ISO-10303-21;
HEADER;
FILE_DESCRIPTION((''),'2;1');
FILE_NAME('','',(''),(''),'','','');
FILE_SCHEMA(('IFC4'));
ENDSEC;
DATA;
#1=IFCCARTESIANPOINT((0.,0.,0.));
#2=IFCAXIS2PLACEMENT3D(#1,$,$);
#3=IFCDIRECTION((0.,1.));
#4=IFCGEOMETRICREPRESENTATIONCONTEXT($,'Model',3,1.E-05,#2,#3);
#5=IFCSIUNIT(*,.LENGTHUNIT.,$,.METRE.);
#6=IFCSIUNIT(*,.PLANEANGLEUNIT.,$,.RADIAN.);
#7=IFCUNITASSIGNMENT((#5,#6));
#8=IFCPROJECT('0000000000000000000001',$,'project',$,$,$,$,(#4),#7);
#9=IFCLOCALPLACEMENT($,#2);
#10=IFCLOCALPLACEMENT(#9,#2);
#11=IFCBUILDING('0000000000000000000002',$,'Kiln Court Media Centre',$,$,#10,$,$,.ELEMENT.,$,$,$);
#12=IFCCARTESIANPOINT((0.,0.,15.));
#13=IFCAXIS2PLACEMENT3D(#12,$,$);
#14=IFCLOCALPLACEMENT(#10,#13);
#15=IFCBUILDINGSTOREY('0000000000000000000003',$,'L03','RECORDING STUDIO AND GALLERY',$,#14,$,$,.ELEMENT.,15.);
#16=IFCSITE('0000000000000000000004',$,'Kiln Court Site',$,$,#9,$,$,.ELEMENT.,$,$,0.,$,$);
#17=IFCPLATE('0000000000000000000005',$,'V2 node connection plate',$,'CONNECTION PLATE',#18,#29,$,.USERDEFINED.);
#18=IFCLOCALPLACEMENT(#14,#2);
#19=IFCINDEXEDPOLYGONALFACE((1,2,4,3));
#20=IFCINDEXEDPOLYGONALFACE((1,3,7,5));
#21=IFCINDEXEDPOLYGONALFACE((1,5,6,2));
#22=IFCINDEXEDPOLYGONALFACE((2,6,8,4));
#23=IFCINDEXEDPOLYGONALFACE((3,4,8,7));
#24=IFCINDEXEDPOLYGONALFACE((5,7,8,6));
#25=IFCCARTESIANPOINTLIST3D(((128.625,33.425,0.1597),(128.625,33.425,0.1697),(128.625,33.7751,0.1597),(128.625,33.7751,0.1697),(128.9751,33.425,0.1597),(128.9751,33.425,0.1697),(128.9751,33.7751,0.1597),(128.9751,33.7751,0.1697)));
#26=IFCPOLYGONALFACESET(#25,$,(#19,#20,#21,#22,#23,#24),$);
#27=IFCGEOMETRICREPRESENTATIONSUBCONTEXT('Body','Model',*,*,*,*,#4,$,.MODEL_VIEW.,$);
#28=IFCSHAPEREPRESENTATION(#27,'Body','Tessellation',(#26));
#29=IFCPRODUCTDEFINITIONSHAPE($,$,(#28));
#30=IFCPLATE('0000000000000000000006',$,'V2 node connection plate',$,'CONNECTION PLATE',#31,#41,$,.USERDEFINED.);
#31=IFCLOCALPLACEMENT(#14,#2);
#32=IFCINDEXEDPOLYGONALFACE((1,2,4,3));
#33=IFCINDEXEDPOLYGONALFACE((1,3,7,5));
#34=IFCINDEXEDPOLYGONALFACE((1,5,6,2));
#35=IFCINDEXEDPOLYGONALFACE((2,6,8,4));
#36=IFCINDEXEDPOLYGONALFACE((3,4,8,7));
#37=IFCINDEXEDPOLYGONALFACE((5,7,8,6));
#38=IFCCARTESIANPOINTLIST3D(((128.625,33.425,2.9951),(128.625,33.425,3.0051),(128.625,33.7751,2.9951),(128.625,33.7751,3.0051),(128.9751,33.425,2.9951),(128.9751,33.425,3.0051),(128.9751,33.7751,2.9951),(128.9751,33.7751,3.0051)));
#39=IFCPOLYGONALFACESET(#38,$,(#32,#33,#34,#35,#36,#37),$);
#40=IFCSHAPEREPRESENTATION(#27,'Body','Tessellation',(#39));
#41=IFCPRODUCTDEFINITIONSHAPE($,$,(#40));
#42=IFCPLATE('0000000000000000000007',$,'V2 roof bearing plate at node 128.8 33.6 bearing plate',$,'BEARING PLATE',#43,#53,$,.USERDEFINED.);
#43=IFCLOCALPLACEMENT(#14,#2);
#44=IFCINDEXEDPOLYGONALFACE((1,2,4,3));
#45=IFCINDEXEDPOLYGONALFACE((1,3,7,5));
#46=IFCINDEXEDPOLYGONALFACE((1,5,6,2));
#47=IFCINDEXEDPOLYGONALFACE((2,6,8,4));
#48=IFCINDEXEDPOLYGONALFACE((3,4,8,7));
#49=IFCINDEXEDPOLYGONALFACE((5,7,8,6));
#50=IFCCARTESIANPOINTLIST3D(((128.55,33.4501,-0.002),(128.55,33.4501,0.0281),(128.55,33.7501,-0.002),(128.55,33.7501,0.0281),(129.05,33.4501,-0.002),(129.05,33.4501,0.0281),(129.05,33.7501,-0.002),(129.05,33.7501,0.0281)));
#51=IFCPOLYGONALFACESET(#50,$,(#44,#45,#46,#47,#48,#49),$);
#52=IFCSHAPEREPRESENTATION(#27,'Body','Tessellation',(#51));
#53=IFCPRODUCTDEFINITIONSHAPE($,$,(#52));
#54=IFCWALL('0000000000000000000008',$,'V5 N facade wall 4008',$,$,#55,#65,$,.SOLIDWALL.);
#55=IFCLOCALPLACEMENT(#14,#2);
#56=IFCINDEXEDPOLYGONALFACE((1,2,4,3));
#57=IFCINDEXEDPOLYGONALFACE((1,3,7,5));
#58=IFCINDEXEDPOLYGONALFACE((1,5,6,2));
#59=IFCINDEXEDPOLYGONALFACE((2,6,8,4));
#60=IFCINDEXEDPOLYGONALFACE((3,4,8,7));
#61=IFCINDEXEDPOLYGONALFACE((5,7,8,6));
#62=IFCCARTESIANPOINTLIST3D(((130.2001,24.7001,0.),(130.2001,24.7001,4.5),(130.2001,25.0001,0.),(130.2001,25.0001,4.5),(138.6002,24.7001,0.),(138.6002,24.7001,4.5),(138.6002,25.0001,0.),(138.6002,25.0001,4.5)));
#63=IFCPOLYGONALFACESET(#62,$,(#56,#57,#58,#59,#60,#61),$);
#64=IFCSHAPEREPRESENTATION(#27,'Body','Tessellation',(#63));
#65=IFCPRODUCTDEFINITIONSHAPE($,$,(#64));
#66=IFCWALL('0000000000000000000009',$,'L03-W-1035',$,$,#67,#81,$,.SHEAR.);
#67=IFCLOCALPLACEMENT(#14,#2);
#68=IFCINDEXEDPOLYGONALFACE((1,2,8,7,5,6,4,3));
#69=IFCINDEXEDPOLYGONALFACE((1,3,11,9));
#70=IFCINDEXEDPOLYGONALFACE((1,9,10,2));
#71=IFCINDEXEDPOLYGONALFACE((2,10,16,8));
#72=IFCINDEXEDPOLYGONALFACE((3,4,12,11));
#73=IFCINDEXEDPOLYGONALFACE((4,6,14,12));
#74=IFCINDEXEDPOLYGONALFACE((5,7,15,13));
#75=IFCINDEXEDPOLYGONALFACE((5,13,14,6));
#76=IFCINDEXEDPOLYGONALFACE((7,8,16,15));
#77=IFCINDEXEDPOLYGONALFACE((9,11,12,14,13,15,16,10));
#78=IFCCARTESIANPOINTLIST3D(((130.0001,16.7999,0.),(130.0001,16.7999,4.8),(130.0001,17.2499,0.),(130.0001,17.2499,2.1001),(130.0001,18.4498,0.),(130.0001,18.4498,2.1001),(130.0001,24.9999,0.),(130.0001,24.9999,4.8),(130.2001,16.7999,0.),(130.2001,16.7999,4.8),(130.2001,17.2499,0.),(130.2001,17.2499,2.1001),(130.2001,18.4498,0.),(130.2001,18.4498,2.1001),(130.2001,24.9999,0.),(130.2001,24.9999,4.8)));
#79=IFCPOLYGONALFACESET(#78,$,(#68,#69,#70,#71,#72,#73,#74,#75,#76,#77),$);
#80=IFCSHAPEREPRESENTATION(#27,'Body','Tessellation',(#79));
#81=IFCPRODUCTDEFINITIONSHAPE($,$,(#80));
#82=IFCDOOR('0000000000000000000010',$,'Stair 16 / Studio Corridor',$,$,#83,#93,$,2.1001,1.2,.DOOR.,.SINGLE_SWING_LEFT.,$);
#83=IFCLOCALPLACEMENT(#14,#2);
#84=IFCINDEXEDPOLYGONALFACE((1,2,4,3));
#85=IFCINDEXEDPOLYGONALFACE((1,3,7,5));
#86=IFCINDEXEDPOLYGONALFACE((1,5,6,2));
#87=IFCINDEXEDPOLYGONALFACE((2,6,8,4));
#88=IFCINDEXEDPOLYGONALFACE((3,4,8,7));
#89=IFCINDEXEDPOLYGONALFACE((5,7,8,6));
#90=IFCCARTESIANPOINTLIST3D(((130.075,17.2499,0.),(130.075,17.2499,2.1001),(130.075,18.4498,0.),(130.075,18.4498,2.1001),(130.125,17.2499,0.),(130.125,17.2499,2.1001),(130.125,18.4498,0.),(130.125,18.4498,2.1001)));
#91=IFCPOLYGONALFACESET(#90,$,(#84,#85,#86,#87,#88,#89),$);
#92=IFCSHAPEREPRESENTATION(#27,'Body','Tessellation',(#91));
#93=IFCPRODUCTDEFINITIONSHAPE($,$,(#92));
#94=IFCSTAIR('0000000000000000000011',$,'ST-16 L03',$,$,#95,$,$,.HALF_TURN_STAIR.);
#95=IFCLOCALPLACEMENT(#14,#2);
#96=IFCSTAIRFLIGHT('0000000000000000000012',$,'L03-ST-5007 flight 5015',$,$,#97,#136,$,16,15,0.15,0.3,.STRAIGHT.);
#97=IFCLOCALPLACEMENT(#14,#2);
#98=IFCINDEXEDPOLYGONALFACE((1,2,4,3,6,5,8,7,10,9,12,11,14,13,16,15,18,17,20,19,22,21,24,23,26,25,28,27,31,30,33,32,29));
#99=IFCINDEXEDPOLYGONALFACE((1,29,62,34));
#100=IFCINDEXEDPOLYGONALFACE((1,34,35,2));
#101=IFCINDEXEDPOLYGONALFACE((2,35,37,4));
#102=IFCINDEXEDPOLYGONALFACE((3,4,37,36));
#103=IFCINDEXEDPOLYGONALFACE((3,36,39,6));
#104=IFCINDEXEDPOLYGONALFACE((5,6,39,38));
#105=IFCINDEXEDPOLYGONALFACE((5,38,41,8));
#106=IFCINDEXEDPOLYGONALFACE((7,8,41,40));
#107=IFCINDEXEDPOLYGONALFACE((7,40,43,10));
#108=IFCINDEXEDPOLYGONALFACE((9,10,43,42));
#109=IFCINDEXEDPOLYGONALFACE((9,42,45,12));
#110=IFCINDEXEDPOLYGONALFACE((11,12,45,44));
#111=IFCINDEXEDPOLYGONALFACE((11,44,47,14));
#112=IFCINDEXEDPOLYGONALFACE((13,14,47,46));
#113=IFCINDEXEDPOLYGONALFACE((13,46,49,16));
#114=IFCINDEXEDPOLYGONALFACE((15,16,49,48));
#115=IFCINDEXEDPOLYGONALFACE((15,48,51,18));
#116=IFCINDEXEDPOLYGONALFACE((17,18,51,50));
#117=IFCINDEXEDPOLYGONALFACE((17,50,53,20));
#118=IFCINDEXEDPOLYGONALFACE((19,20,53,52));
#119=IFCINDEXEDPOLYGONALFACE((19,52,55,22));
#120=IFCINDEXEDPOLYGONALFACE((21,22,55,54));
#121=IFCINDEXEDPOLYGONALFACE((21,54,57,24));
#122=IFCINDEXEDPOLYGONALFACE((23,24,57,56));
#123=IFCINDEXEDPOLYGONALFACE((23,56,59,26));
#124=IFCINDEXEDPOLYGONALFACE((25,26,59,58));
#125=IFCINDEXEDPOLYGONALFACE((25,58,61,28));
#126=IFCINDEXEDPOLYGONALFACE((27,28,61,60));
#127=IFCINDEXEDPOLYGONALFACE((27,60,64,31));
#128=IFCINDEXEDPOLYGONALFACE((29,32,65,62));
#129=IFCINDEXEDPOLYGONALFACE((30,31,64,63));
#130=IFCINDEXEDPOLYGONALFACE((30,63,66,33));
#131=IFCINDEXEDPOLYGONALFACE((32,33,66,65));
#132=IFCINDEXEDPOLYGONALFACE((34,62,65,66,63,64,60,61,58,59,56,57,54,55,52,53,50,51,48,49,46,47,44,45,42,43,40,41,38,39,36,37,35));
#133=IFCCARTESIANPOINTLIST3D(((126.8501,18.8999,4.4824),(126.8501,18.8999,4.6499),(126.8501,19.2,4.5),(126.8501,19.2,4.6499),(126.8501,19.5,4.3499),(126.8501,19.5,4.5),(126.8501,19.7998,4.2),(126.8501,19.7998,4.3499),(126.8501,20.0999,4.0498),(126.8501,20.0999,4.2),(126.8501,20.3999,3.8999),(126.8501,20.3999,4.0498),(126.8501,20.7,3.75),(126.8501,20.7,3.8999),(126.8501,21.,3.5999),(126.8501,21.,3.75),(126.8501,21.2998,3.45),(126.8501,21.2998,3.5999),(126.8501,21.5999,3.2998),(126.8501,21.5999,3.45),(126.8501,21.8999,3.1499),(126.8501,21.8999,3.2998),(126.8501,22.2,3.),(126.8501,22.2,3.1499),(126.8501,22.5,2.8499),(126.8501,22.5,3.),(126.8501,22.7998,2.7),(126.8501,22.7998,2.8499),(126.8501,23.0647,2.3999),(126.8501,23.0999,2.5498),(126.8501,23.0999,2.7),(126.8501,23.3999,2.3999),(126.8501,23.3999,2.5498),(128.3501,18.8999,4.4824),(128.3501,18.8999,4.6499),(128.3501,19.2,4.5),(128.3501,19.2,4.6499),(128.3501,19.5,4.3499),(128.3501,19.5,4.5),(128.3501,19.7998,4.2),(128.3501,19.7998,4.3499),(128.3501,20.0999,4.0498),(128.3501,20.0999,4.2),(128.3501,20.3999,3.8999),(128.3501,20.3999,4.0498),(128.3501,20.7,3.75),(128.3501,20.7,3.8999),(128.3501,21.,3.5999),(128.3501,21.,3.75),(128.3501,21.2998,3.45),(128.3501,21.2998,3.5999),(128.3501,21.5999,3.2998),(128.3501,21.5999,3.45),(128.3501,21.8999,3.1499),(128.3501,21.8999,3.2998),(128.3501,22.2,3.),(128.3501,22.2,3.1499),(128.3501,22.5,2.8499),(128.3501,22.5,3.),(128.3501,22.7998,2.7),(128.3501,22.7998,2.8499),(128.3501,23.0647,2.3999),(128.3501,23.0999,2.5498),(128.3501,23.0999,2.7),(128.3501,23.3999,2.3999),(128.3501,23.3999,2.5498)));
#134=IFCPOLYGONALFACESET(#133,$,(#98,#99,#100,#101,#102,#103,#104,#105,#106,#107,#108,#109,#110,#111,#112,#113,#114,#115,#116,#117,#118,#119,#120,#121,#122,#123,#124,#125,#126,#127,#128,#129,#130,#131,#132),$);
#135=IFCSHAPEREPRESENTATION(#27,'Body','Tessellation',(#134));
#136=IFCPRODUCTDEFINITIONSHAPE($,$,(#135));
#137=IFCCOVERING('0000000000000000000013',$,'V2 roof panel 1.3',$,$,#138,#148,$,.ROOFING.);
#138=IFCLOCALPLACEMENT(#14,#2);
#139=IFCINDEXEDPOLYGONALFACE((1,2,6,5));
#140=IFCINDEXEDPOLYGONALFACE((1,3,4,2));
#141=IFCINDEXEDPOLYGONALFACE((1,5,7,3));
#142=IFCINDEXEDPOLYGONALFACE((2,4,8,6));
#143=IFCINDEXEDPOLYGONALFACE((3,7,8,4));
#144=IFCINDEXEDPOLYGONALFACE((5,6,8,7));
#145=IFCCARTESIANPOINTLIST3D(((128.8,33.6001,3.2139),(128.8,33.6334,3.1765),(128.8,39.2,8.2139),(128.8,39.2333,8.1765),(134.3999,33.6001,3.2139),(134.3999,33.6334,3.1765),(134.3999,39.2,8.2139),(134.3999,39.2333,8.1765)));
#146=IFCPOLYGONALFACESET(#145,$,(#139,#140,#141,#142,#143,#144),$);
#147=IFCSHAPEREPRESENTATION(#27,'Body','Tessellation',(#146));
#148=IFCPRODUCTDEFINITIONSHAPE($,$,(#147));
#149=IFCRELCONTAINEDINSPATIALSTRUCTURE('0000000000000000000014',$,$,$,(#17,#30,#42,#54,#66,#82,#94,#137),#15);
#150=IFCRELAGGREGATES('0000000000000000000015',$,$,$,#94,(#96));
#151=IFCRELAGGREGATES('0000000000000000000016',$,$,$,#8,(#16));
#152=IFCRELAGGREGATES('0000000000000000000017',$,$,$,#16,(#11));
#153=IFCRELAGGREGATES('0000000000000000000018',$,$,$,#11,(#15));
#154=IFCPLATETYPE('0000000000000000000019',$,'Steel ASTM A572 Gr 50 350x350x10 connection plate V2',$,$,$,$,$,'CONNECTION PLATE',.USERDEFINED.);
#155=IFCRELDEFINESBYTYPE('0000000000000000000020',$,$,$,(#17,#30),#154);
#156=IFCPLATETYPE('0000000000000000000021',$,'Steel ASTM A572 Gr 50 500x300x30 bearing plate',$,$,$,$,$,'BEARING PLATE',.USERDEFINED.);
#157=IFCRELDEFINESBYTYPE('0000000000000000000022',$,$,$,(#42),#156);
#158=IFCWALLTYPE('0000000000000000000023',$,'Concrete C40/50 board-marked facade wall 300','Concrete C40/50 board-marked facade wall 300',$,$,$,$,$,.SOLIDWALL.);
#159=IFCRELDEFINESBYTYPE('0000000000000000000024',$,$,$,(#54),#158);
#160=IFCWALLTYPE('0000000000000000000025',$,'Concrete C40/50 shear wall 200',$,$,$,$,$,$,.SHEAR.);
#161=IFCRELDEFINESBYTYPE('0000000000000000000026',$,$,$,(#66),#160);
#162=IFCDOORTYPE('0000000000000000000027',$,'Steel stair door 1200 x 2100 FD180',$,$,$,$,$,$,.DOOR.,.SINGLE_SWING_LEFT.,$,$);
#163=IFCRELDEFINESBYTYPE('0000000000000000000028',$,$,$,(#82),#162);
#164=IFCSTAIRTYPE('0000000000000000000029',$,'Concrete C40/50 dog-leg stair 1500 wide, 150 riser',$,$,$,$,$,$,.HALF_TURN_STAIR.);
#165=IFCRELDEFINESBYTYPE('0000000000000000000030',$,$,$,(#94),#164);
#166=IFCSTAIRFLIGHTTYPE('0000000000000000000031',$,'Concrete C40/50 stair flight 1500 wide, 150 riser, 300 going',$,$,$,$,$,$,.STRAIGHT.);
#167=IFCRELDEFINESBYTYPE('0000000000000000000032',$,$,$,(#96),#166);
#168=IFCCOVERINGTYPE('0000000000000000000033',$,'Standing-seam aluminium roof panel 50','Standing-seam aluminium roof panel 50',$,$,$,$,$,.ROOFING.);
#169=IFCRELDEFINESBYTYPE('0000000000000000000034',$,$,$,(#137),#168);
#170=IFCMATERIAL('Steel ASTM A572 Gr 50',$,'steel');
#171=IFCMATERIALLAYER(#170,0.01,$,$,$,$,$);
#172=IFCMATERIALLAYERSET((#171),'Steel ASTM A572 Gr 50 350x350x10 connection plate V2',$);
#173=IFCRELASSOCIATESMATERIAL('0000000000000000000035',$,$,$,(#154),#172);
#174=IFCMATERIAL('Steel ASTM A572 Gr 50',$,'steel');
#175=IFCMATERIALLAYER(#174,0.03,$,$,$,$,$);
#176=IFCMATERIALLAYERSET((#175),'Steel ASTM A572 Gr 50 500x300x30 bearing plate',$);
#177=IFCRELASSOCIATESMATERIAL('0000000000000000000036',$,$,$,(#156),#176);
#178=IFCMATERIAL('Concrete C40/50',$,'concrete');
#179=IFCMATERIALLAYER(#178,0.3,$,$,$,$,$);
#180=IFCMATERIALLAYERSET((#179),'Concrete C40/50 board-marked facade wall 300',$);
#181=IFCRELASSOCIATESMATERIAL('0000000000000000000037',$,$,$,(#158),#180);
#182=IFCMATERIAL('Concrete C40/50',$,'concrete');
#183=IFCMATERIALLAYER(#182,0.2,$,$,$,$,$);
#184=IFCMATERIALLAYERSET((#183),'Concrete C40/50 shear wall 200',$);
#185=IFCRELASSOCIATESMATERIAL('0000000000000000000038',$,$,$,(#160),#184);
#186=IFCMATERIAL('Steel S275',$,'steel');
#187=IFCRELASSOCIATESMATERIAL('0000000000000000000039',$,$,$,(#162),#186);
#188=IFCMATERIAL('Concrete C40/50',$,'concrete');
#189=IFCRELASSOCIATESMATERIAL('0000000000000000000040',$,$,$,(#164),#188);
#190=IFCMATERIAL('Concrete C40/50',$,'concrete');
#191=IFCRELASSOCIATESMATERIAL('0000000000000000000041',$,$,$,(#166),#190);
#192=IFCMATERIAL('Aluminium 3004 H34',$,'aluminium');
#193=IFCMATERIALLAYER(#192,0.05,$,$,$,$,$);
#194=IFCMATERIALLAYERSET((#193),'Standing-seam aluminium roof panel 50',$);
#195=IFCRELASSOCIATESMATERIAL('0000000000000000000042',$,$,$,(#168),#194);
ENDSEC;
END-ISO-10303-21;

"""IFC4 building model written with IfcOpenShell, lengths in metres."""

from ifc_helpers import new_model, si_unit, direction, frame, frame_2d, origin, origin_2d, place, context, subcontext, project, spatial, polyline, rectangle, outline, extrude, material, layer, layer_set, type_object, element, fill, aggregate, save


model = new_model("IFC4")

# Units and contexts
model_context = context("Model", 3, precision=1e-05, world=origin(), true_north=direction((0.0, 1.0)))
body_context = subcontext(model_context, "Body", "Model", "MODEL_VIEW")
ifc_project = project(units=[si_unit("LENGTHUNIT", "METRE"), si_unit("PLANEANGLEUNIT", "RADIAN")], contexts=[model_context])

# Site, building, storey
site_placement = place(None, origin())
site = spatial("IfcSite", under=ifc_project, at=site_placement, Name="Kiln Court Site", CompositionType="ELEMENT", RefElevation=0.0)
building_placement = place(site_placement, origin())
building = spatial("IfcBuilding", under=site, at=building_placement, Name="Kiln Court Media Centre", CompositionType="ELEMENT")
storey_placement = place(building_placement, frame((0.0, 0.0, 15.0)))
storey = spatial("IfcBuildingStorey", under=building, at=storey_placement, Name="L03", Description="RECORDING STUDIO AND GALLERY", CompositionType="ELEMENT", Elevation=15.0)

# Plates
ifc_material_1 = material(Name="Steel ASTM A572 Gr 50", Category="steel")
ifc_layer_1 = layer(ifc_material_1, 0.01)
ifc_layer_set_1 = layer_set([ifc_layer_1], Name="Steel ASTM A572 Gr 50 350x350x10 connection plate V2")
plate_type_1 = type_object("IfcPlateType", Name="Steel ASTM A572 Gr 50 350x350x10 connection plate V2", ElementType="CONNECTION PLATE", PredefinedType="USERDEFINED", material=ifc_layer_set_1)
for number, where, z_axis, x_axis, name in (
    (1, (128.8, 33.6001, 0.1597), (0.0, 0.0, 1.0), (1.0, 0.0, 0.0), "V2 node connection plate"),
    (2, (128.8, 33.6001, 2.9951), (0.0, 0.0, 1.0), (1.0, 0.0, 0.0), "V2 node connection plate"),
):
    element("IfcPlate", number, at=place(storey_placement, frame(where, z_axis=z_axis, x_axis=x_axis)), inside=storey, type_object=plate_type_1, Name=name, ObjectType="CONNECTION PLATE", PredefinedType="USERDEFINED", context=body_context, shape_type="SweptSolid", body=[
        extrude(rectangle(XDim=0.3501, YDim=0.3501, at=origin_2d()), origin(), (0.0, 0.0, 1.0), 0.01),
    ])
ifc_material_2 = material(Name="Steel ASTM A572 Gr 50", Category="steel")
ifc_layer_2 = layer(ifc_material_2, 0.03)
ifc_layer_set_2 = layer_set([ifc_layer_2], Name="Steel ASTM A572 Gr 50 500x300x30 bearing plate")
plate_type_2 = type_object("IfcPlateType", Name="Steel ASTM A572 Gr 50 500x300x30 bearing plate", ElementType="BEARING PLATE", PredefinedType="USERDEFINED", material=ifc_layer_set_2)
plate_placement = place(storey_placement, frame((128.8, 33.6001, -0.002), z_axis=(0.0, 0.0, 1.0), x_axis=(1.0, 0.0, 0.0)))
element("IfcPlate", 3, at=plate_placement, inside=storey, type_object=plate_type_2, Name="V2 roof bearing plate at node 128.8 33.6 bearing plate", ObjectType="BEARING PLATE", PredefinedType="USERDEFINED", context=body_context, shape_type="SweptSolid", body=[
    extrude(rectangle(XDim=0.5, YDim=0.3, at=origin_2d()), origin(), (0.0, 0.0, 1.0), 0.03),
])

# Wall
ifc_material_3 = material(Name="Concrete C40/50", Category="concrete")
ifc_layer_3 = layer(ifc_material_3, 0.3)
ifc_layer_set_3 = layer_set([ifc_layer_3], Name="Concrete C40/50 board-marked facade wall 300")
wall_type_1 = type_object("IfcWallType", Name="Concrete C40/50 board-marked facade wall 300", Description="Concrete C40/50 board-marked facade wall 300", PredefinedType="SOLIDWALL", material=ifc_layer_set_3)
wall_1_placement = place(storey_placement, frame((130.2, 24.8501, 0.0), z_axis=(0.0, 0.0, 1.0), x_axis=(1.0, 0.0, 0.0)))
element("IfcWall", 4, at=wall_1_placement, inside=storey, type_object=wall_type_1, Name="V5 N facade wall 4008", PredefinedType="SOLIDWALL", context=body_context, shape_type="SweptSolid", body=[
    extrude(rectangle(XDim=8.4001, YDim=0.3, at=frame_2d((4.2002, 0.0))), origin(), (0.0, 0.0, 1.0), 4.5),
])

# Wall, opening, door
ifc_material_4 = material(Name="Concrete C40/50", Category="concrete")
ifc_layer_4 = layer(ifc_material_4, 0.2)
ifc_layer_set_4 = layer_set([ifc_layer_4], Name="Concrete C40/50 shear wall 200")
wall_type_2 = type_object("IfcWallType", Name="Concrete C40/50 shear wall 200", PredefinedType="SHEAR", material=ifc_layer_set_4)
wall_2_placement = place(storey_placement, frame((130.1001, 25.0, 0.0), z_axis=(0.0, 0.0, 1.0), x_axis=(0.0, -1.0, 0.0)))
wall_2 = element("IfcWall", 5, at=wall_2_placement, inside=storey, type_object=wall_type_2, Name="L03-W-1035", PredefinedType="SHEAR", context=body_context, shape_type="SweptSolid", body=[
    extrude(rectangle(XDim=8.2, YDim=0.2, at=frame_2d((4.1001, 0.0))), origin(), (0.0, 0.0, 1.0), 4.8),
])
opening_placement = place(wall_2_placement, frame((6.55, 0.0, 0.0)))
opening = element("IfcOpeningElement", 6, at=opening_placement, cuts=wall_2, PredefinedType="OPENING", context=body_context, shape_type="SweptSolid", body=[
    extrude(rectangle(XDim=1.2, YDim=2.1001, at=frame_2d((0.6001, 1.05))), frame((0.0, 0.1099, 0.0), z_axis=(0.0, -1.0, 0.0), x_axis=(1.0, 0.0, 0.0)), (0.0, 0.0, 1.0), 0.22),
])
ifc_material_5 = material(Name="Steel S275", Category="steel")
door_type = type_object("IfcDoorType", Name="Steel stair door 1200 x 2100 FD180", OperationType="SINGLE_SWING_LEFT", PredefinedType="DOOR", material=ifc_material_5)
door_placement = place(opening_placement, origin())
door = element("IfcDoor", 7, at=door_placement, inside=storey, type_object=door_type, Name="Stair 16 / Studio Corridor", OperationType="SINGLE_SWING_LEFT", OverallHeight=2.1001, OverallWidth=1.2, PredefinedType="DOOR", context=body_context, shape_type="SweptSolid", body=[
    extrude(rectangle(XDim=1.2, YDim=2.1001, at=frame_2d((0.6001, 1.05))), frame((0.0, 0.0249, 0.0), z_axis=(0.0, -1.0, 0.0), x_axis=(1.0, 0.0, 0.0)), (0.0, 0.0, 1.0), 0.05),
])
fill(opening, door)

# Stair, stair flight
ifc_material_6 = material(Name="Concrete C40/50", Category="concrete")
stair_type = type_object("IfcStairType", Name="Concrete C40/50 dog-leg stair 1500 wide, 150 riser", PredefinedType="HALF_TURN_STAIR", material=ifc_material_6)
stair_placement = place(storey_placement, origin())
stair = element("IfcStair", 8, at=stair_placement, inside=storey, type_object=stair_type, Name="ST-16 L03", PredefinedType="HALF_TURN_STAIR")
ifc_material_7 = material(Name="Concrete C40/50", Category="concrete")
stair_flight_type = type_object("IfcStairFlightType", Name="Concrete C40/50 stair flight 1500 wide, 150 riser, 300 going", PredefinedType="STRAIGHT", material=ifc_material_7)
stair_flight_placement = place(storey_placement, frame((127.6001, 23.3999, 2.3999), z_axis=(0.0, 0.0, 1.0), x_axis=(0.0, -1.0, 0.0)))
stair_flight = element("IfcStairFlight", 9, at=stair_flight_placement, type_object=stair_flight_type, Name="L03-ST-5007 flight 5015", NumberOfRisers=16, NumberOfTreads=15, PredefinedType="STRAIGHT", RiserHeight=0.15, TreadLength=0.3, context=body_context, shape_type="SweptSolid", body=[
    extrude(outline(polyline([(0.0, 0.0), (0.0, 0.1499), (0.3, 0.1499), (0.3, 0.3), (0.6001, 0.3), (0.6001, 0.45), (0.8999, 0.45), (0.8999, 0.6001), (1.2, 0.6001), (1.2, 0.75), (1.5, 0.75), (1.5, 0.8999), (1.8, 0.8999), (1.8, 1.05), (2.1001, 1.05), (2.1001, 1.2), (2.3999, 1.2), (2.3999, 1.3501), (2.7, 1.3501), (2.7, 1.5), (3.0, 1.5), (3.0, 1.6499), (3.3, 1.6499), (3.3, 1.8), (3.6001, 1.8), (3.6001, 1.95), (3.8999, 1.95), (3.8999, 2.1001), (4.2, 2.1001), (4.2, 2.25), (4.5, 2.25), (4.5, 2.3999), (4.5, 2.0825), (0.3352, 0.0), (0.0, 0.0)])), frame((0.0, 0.75, 0.0), z_axis=(0.0, -1.0, 0.0), x_axis=(1.0, 0.0, 0.0)), (0.0, 0.0, 1.0), 1.5),
])
aggregate(stair, [stair_flight])

# Covering
ifc_material_8 = material(Name="Aluminium 3004 H34", Category="aluminium")
ifc_layer_5 = layer(ifc_material_8, 0.05)
ifc_layer_set_5 = layer_set([ifc_layer_5], Name="Standing-seam aluminium roof panel 50")
covering_type = type_object("IfcCoveringType", Name="Standing-seam aluminium roof panel 50", Description="Standing-seam aluminium roof panel 50", PredefinedType="ROOFING", material=ifc_layer_set_5)
covering_placement = place(storey_placement, frame((128.8, 33.6001, 3.2139), z_axis=(0.0, -0.666025, 0.745929), x_axis=(0.0, 0.745929, 0.666025)))
element("IfcCovering", 10, at=covering_placement, inside=storey, type_object=covering_type, Name="V2 roof panel 1.3", PredefinedType="ROOFING", context=body_context, shape_type="SweptSolid", body=[
    extrude(outline(polyline([(0.0, 0.0), (7.5072, 0.0), (7.5072, -5.5999), (0.0, -5.5999), (0.0, 0.0)])), origin(), (0.0, 0.0, -1.0), 0.05),
])

save(model, "model.ifc")
